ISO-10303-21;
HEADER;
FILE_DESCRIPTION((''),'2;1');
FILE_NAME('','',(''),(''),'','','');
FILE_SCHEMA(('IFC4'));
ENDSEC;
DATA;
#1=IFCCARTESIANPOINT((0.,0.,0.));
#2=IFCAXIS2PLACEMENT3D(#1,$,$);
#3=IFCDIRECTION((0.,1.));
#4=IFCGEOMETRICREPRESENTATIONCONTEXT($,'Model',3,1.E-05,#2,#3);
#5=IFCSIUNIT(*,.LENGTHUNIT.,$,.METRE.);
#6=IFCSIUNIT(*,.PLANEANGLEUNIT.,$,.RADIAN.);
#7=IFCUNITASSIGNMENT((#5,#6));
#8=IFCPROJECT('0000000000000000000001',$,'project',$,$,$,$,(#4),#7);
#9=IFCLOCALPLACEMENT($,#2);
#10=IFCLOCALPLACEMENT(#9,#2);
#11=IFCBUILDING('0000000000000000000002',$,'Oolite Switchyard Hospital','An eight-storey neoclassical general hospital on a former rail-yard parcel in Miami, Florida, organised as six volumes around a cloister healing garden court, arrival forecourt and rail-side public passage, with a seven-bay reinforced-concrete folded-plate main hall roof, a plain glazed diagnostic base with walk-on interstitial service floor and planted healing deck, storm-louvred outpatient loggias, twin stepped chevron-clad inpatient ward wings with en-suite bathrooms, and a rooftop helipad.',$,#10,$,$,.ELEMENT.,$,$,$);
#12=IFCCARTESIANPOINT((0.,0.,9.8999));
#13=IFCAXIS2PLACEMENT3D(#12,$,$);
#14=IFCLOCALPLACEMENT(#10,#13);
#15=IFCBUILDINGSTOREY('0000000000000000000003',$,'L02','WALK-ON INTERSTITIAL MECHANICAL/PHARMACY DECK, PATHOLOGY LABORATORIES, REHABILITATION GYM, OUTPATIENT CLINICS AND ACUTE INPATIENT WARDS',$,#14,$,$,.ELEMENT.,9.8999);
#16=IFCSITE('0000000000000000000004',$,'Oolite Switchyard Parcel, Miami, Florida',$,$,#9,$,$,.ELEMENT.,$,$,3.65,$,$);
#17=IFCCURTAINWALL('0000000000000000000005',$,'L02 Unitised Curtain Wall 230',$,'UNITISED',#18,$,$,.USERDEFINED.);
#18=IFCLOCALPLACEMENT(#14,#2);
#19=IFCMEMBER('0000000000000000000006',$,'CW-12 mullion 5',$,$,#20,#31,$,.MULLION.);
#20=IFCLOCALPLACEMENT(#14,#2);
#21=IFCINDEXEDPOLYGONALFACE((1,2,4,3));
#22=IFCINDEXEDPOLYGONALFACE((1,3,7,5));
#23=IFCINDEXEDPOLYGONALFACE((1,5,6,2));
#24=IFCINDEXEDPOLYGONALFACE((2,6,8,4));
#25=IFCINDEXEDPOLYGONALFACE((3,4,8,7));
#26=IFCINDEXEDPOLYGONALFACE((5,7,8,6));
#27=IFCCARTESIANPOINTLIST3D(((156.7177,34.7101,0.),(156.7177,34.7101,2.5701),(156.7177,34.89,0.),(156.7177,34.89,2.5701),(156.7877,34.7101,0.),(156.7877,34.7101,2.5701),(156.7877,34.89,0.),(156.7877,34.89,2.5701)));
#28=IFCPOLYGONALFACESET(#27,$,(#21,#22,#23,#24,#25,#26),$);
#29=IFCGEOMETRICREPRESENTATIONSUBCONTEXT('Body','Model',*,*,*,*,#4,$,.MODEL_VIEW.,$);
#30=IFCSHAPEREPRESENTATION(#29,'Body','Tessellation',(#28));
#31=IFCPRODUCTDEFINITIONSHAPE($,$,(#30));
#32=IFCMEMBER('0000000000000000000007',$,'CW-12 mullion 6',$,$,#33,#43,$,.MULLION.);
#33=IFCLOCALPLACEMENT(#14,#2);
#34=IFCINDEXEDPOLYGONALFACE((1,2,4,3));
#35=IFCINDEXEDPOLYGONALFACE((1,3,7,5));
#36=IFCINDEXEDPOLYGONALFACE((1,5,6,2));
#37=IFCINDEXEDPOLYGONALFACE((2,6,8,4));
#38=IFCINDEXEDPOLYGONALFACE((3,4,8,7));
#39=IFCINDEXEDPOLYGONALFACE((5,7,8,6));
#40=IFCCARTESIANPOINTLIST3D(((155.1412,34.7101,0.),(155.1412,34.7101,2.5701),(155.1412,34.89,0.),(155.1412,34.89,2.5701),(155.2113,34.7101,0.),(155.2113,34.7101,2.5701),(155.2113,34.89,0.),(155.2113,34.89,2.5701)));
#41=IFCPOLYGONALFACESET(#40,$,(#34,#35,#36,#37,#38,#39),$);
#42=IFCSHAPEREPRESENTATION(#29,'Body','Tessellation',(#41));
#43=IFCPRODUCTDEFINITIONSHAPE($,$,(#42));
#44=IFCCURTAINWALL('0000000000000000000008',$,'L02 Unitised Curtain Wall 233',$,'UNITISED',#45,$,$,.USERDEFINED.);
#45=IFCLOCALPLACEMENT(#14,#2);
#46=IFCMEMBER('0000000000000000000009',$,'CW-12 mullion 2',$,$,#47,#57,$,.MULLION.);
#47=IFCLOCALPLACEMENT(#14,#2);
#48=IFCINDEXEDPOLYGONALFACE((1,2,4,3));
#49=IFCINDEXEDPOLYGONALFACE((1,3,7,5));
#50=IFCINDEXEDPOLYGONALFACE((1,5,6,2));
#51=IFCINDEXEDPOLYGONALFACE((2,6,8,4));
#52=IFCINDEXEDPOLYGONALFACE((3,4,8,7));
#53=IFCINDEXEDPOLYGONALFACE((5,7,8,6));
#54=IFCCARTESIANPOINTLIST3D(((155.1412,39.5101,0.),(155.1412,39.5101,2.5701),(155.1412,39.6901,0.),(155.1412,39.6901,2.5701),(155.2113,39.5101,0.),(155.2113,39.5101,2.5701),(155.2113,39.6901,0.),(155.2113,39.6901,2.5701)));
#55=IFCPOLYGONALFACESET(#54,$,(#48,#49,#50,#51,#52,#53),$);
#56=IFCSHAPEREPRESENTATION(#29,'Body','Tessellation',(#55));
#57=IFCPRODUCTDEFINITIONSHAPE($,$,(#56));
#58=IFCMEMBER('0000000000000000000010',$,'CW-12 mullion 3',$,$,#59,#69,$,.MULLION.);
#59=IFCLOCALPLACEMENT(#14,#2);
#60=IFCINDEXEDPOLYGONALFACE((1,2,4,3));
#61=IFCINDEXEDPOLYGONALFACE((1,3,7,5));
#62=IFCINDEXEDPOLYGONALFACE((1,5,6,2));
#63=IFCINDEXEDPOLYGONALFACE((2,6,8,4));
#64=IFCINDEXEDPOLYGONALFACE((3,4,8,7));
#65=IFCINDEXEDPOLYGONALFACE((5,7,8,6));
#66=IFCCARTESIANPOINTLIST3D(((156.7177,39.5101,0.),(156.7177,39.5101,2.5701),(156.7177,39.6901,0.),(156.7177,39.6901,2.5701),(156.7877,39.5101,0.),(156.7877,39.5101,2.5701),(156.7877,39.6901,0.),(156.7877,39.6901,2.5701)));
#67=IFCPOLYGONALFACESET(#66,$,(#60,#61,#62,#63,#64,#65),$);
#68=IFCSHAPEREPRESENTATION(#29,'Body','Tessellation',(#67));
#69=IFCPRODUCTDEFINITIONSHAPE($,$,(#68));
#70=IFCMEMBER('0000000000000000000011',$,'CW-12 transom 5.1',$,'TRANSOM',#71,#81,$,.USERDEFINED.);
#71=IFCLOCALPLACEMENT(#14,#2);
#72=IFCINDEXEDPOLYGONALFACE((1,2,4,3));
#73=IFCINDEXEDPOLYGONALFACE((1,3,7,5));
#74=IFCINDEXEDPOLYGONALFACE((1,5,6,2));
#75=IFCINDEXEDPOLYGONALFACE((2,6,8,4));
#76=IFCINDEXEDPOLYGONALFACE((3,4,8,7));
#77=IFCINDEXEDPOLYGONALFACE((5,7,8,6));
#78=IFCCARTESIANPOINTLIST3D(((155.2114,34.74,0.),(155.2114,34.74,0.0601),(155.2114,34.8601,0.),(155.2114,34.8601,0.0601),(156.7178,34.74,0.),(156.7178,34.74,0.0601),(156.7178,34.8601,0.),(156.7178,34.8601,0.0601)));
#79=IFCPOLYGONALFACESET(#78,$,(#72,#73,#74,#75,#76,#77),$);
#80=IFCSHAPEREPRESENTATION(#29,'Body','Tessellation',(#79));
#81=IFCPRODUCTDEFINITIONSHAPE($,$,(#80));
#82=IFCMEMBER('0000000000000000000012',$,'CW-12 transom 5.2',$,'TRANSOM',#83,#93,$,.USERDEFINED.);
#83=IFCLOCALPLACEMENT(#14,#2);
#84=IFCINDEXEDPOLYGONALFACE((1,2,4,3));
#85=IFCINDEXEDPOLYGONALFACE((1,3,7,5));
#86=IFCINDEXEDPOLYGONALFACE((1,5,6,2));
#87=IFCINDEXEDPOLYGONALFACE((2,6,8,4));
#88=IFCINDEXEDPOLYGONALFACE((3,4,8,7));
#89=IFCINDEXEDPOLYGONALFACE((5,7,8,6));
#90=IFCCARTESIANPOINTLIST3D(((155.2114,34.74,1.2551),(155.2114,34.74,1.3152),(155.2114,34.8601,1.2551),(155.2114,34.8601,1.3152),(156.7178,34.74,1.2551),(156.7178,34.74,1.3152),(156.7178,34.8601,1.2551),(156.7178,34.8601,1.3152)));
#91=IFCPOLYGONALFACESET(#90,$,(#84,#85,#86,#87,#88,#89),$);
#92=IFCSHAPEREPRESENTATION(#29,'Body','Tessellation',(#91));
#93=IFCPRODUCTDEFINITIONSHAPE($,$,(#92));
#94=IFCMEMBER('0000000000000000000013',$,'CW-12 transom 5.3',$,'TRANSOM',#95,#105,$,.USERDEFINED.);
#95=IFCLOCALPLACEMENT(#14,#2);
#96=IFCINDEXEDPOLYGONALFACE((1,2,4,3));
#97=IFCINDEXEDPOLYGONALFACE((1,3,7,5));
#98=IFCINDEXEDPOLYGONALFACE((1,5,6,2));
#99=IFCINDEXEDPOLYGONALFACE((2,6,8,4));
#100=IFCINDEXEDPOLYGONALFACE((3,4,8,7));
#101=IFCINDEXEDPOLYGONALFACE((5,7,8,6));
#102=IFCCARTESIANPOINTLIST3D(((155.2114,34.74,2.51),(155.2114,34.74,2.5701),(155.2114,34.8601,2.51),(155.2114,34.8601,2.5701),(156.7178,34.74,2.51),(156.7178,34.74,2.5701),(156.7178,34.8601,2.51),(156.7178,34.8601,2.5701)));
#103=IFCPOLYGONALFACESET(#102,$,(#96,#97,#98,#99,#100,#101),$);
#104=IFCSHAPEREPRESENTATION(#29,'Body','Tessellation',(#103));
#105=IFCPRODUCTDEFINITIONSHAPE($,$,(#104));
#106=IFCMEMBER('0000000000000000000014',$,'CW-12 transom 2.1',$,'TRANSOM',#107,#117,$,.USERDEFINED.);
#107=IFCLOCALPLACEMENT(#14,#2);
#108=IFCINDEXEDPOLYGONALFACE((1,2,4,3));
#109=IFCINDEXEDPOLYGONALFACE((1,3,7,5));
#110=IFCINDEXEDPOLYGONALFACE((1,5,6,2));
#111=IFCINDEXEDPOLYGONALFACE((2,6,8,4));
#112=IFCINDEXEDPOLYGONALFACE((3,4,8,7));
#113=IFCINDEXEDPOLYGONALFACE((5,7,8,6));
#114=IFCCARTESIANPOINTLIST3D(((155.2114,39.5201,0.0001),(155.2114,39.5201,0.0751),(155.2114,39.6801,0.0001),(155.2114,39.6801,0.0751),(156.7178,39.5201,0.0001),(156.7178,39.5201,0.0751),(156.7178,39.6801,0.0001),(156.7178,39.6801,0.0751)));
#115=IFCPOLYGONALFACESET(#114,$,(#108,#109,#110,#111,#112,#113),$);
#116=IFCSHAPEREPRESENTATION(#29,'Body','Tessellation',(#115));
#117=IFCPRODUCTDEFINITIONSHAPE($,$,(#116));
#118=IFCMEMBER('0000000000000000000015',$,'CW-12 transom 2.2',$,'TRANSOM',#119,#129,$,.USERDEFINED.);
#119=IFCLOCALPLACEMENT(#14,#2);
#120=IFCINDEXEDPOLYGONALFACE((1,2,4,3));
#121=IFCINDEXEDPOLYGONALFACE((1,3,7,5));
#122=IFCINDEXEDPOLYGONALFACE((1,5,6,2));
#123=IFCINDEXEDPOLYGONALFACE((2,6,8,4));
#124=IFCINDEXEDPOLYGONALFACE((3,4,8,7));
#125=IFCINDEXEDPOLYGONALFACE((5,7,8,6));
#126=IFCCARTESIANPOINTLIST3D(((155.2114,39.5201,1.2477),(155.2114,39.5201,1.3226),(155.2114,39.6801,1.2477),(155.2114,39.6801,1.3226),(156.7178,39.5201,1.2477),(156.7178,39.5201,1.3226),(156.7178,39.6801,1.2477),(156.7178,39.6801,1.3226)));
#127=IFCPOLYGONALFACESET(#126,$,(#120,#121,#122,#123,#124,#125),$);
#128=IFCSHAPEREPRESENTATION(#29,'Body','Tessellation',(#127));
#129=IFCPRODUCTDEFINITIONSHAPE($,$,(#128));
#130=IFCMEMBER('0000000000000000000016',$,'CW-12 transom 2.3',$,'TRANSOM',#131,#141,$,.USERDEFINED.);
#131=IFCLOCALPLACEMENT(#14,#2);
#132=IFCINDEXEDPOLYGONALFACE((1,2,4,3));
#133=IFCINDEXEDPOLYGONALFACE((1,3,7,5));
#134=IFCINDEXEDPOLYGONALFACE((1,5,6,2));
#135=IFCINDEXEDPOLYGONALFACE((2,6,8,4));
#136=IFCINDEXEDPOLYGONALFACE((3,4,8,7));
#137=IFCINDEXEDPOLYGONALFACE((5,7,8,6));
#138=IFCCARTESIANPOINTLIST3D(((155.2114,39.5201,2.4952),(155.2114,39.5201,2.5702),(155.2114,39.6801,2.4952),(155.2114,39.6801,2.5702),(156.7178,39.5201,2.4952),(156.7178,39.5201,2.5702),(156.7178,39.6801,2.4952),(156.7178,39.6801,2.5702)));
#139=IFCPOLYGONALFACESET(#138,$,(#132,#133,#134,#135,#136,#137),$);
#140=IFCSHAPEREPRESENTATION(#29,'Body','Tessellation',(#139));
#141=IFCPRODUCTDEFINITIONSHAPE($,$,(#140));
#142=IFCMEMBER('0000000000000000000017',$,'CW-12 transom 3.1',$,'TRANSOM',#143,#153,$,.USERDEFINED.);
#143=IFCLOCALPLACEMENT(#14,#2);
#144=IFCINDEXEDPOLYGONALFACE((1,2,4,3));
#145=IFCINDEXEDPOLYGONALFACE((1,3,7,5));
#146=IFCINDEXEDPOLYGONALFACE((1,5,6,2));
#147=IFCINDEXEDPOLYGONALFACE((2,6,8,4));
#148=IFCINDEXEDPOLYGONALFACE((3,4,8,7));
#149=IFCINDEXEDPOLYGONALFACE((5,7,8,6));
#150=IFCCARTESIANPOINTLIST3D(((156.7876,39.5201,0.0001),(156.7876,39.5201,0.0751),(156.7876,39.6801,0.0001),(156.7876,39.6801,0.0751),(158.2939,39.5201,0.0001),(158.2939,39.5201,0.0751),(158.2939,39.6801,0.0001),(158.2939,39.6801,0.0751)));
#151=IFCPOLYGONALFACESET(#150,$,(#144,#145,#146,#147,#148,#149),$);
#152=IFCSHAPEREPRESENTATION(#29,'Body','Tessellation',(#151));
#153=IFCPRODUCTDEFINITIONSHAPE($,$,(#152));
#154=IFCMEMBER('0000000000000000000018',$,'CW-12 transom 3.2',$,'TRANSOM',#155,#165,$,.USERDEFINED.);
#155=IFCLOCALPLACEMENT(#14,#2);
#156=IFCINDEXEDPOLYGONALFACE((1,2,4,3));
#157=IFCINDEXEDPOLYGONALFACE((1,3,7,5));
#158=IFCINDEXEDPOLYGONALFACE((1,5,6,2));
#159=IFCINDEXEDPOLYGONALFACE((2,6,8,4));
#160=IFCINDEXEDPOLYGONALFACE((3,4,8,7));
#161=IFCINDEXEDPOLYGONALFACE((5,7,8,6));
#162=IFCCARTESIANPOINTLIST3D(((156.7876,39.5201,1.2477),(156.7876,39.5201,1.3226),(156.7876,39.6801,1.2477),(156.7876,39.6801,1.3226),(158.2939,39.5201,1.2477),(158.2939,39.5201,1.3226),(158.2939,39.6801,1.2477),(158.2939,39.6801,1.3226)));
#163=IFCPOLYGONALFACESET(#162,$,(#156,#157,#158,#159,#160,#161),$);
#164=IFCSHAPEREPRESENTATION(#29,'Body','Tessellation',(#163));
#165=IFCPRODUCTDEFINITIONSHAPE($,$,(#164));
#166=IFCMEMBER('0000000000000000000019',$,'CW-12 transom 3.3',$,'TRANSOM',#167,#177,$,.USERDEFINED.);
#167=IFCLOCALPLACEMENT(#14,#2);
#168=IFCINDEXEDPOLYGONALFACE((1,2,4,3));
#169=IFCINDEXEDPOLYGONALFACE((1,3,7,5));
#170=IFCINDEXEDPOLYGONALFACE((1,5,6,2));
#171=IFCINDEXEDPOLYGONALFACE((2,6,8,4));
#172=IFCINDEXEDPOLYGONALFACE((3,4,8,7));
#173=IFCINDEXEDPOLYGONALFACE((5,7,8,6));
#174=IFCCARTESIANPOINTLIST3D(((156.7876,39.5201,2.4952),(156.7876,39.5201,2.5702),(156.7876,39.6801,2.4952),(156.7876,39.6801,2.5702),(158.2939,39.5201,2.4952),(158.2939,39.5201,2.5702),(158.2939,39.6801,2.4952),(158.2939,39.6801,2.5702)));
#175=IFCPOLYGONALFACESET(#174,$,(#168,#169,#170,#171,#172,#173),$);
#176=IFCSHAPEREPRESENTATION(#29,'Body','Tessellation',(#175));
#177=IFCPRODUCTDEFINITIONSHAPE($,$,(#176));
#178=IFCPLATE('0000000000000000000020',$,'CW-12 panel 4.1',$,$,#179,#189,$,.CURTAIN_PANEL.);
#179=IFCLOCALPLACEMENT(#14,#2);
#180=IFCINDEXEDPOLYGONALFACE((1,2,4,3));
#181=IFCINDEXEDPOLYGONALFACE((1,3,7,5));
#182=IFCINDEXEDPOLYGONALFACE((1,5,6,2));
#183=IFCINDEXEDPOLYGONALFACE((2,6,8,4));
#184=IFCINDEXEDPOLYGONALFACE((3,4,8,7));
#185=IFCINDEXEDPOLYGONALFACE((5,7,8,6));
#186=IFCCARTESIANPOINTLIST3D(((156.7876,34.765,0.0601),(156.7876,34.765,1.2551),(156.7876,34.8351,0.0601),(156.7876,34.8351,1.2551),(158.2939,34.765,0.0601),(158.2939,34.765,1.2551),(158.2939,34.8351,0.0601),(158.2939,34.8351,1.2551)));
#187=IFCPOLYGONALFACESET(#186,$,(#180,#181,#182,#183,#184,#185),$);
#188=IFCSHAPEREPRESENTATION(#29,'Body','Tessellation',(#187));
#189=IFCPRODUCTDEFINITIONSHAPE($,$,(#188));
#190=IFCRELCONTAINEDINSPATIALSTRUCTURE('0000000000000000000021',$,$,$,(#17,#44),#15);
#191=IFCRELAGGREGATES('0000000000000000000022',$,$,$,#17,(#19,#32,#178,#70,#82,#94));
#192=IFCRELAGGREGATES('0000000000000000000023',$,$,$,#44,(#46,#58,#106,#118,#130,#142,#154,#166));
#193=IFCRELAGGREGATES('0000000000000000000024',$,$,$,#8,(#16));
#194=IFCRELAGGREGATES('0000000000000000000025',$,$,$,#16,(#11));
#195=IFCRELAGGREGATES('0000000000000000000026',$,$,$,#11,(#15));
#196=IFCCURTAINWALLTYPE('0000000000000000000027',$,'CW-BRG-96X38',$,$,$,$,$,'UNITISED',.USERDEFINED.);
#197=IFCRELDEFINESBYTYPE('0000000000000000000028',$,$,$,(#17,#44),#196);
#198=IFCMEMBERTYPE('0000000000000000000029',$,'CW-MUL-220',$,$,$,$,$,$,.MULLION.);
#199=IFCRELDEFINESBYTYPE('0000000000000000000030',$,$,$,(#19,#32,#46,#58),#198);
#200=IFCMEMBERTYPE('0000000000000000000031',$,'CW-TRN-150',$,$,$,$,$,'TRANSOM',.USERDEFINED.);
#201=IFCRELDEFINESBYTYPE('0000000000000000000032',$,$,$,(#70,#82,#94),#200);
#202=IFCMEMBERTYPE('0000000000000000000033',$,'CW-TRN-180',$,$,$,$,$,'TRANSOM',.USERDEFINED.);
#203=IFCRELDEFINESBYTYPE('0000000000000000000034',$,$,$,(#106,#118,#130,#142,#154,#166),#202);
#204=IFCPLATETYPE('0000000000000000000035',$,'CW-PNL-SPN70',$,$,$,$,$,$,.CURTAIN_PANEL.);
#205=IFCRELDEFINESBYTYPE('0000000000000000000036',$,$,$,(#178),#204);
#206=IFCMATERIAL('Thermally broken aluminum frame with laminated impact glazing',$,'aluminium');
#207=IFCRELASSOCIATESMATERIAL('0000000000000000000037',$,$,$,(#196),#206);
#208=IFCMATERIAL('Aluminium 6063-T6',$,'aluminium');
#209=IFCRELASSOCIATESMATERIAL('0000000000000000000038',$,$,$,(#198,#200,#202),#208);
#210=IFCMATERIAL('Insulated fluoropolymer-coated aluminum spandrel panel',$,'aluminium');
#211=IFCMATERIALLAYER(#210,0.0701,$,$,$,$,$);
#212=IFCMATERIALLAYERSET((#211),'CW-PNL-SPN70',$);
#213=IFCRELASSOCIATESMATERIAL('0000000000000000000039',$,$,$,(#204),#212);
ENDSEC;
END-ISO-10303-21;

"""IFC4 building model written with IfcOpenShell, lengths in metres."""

from ifc_helpers import new_model, si_unit, direction, frame, origin, origin_2d, place, context, subcontext, project, spatial, rectangle, extrude, material, layer, layer_set, material_profile, profile_set, type_object, element, aggregate, save


model = new_model("IFC4")

# Units and contexts
model_context = context("Model", 3, precision=1e-05, world=origin(), true_north=direction((0.0, 1.0)))
body_context = subcontext(model_context, "Body", "Model", "MODEL_VIEW")
ifc_project = project(units=[si_unit("LENGTHUNIT", "METRE"), si_unit("PLANEANGLEUNIT", "RADIAN")], contexts=[model_context])

# Site, building, storey
site_placement = place(None, origin())
site = spatial("IfcSite", under=ifc_project, at=site_placement, Name="Oolite Switchyard Parcel, Miami, Florida", CompositionType="ELEMENT", RefElevation=3.65)
building_placement = place(site_placement, origin())
building = spatial("IfcBuilding", under=site, at=building_placement, Name="Oolite Switchyard Hospital", Description="An eight-storey neoclassical general hospital on a former rail-yard parcel in Miami, Florida, organised as six volumes around a cloister healing garden court, arrival forecourt and rail-side public passage, with a seven-bay reinforced-concrete folded-plate main hall roof, a plain glazed diagnostic base with walk-on interstitial service floor and planted healing deck, storm-louvred outpatient loggias, twin stepped chevron-clad inpatient ward wings with en-suite bathrooms, and a rooftop helipad.", CompositionType="ELEMENT")
storey_placement = place(building_placement, frame((0.0, 0.0, 9.8999)))
storey = spatial("IfcBuildingStorey", under=building, at=storey_placement, Name="L02", Description="WALK-ON INTERSTITIAL MECHANICAL/PHARMACY DECK, PATHOLOGY LABORATORIES, REHABILITATION GYM, OUTPATIENT CLINICS AND ACUTE INPATIENT WARDS", CompositionType="ELEMENT", Elevation=9.8999)

# Curtain walls, members
ifc_material_1 = material(Name="Thermally broken aluminum frame with laminated impact glazing", Category="aluminium")
curtain_wall_type = type_object("IfcCurtainWallType", Name="CW-BRG-96X38", ElementType="UNITISED", PredefinedType="USERDEFINED", material=ifc_material_1)
curtain_wall_1_placement = place(storey_placement, origin())
curtain_wall_1 = element("IfcCurtainWall", 1, at=curtain_wall_1_placement, inside=storey, type_object=curtain_wall_type, Name="L02 Unitised Curtain Wall 230", ObjectType="UNITISED", PredefinedType="USERDEFINED")
ifc_material_2 = material(Name="Aluminium 6063-T6", Category="aluminium")
ifc_material_profile_1 = material_profile(ifc_material_2, rectangle(XDim=0.1799, YDim=0.0701, at=origin_2d()), Name="CWM70X180")
ifc_profile_set_1 = profile_set([ifc_material_profile_1], Name="Aluminium 6063-T6")
member_type_1 = type_object("IfcMemberType", Name="CW-MUL-220", PredefinedType="MULLION", material=ifc_profile_set_1)
member_1_placement = place(storey_placement, frame((156.7527, 34.8, 0.0), z_axis=(0.0, 0.0, 1.0), x_axis=(0.0, -1.0, 0.0)))
member_1 = element("IfcMember", 2, at=member_1_placement, type_object=member_type_1, Name="CW-12 mullion 5", PredefinedType="MULLION", context=body_context, shape_type="SweptSolid", body=[
    extrude(rectangle(XDim=0.1799, YDim=0.0701, at=origin_2d()), origin(), (0.0, 0.0, 1.0), 2.5701),
])
member_2_placement = place(storey_placement, frame((155.1763, 34.8, 0.0), z_axis=(0.0, 0.0, 1.0), x_axis=(0.0, -1.0, 0.0)))
member_2 = element("IfcMember", 3, at=member_2_placement, type_object=member_type_1, Name="CW-12 mullion 6", PredefinedType="MULLION", context=body_context, shape_type="SweptSolid", body=[
    extrude(rectangle(XDim=0.1799, YDim=0.0701, at=origin_2d()), origin(), (0.0, 0.0, 1.0), 2.5701),
])
curtain_wall_2_placement = place(storey_placement, origin())
curtain_wall_2 = element("IfcCurtainWall", 4, at=curtain_wall_2_placement, inside=storey, type_object=curtain_wall_type, Name="L02 Unitised Curtain Wall 233", ObjectType="UNITISED", PredefinedType="USERDEFINED")
member_3_placement = place(storey_placement, frame((155.1763, 39.6001, 0.0), z_axis=(0.0, 0.0, 1.0), x_axis=(0.0, 1.0, 0.0)))
member_3 = element("IfcMember", 5, at=member_3_placement, type_object=member_type_1, Name="CW-12 mullion 2", PredefinedType="MULLION", context=body_context, shape_type="SweptSolid", body=[
    extrude(rectangle(XDim=0.1799, YDim=0.0701, at=origin_2d()), origin(), (0.0, 0.0, 1.0), 2.5701),
])
member_4_placement = place(storey_placement, frame((156.7527, 39.6001, 0.0), z_axis=(0.0, 0.0, 1.0), x_axis=(0.0, 1.0, 0.0)))
member_4 = element("IfcMember", 6, at=member_4_placement, type_object=member_type_1, Name="CW-12 mullion 3", PredefinedType="MULLION", context=body_context, shape_type="SweptSolid", body=[
    extrude(rectangle(XDim=0.1799, YDim=0.0701, at=origin_2d()), origin(), (0.0, 0.0, 1.0), 2.5701),
])

# Members
ifc_material_profile_2 = material_profile(ifc_material_2, rectangle(XDim=0.1201, YDim=0.0601, at=origin_2d()), Name="CWT60X120")
ifc_profile_set_2 = profile_set([ifc_material_profile_2], Name="Aluminium 6063-T6")
member_type_2 = type_object("IfcMemberType", Name="CW-TRN-150", ElementType="TRANSOM", PredefinedType="USERDEFINED", material=ifc_profile_set_2)
member_5_placement = place(storey_placement, frame((156.7178, 34.8, 0.03), z_axis=(-1.0, 0.0, 0.0), x_axis=(0.0, -1.0, 0.0)))
member_5 = element("IfcMember", 7, at=member_5_placement, type_object=member_type_2, Name="CW-12 transom 5.1", ObjectType="TRANSOM", PredefinedType="USERDEFINED", context=body_context, shape_type="SweptSolid", body=[
    extrude(rectangle(XDim=0.1201, YDim=0.0601, at=origin_2d()), origin(), (0.0, 0.0, 1.0), 1.5063),
])
member_6_placement = place(storey_placement, frame((156.7178, 34.8, 1.2852), z_axis=(-1.0, 0.0, 0.0), x_axis=(0.0, -1.0, 0.0)))
member_6 = element("IfcMember", 8, at=member_6_placement, type_object=member_type_2, Name="CW-12 transom 5.2", ObjectType="TRANSOM", PredefinedType="USERDEFINED", context=body_context, shape_type="SweptSolid", body=[
    extrude(rectangle(XDim=0.1201, YDim=0.0601, at=origin_2d()), origin(), (0.0, 0.0, 1.0), 1.5063),
])
member_7_placement = place(storey_placement, frame((156.7178, 34.8, 2.54), z_axis=(-1.0, 0.0, 0.0), x_axis=(0.0, -1.0, 0.0)))
member_7 = element("IfcMember", 9, at=member_7_placement, type_object=member_type_2, Name="CW-12 transom 5.3", ObjectType="TRANSOM", PredefinedType="USERDEFINED", context=body_context, shape_type="SweptSolid", body=[
    extrude(rectangle(XDim=0.1201, YDim=0.0601, at=origin_2d()), origin(), (0.0, 0.0, 1.0), 1.5063),
])
ifc_material_profile_3 = material_profile(ifc_material_2, rectangle(XDim=0.1599, YDim=0.075, at=origin_2d()), Name="CWT75X160")
ifc_profile_set_3 = profile_set([ifc_material_profile_3], Name="Aluminium 6063-T6")
member_type_3 = type_object("IfcMemberType", Name="CW-TRN-180", ElementType="TRANSOM", PredefinedType="USERDEFINED", material=ifc_profile_set_3)
member_8_placement = place(storey_placement, frame((155.2114, 39.6001, 0.0376), z_axis=(1.0, 0.0, 0.0), x_axis=(0.0, 1.0, 0.0)))
member_8 = element("IfcMember", 10, at=member_8_placement, type_object=member_type_3, Name="CW-12 transom 2.1", ObjectType="TRANSOM", PredefinedType="USERDEFINED", context=body_context, shape_type="SweptSolid", body=[
    extrude(rectangle(XDim=0.1599, YDim=0.075, at=origin_2d()), origin(), (0.0, 0.0, 1.0), 1.5063),
])
member_9_placement = place(storey_placement, frame((155.2114, 39.6001, 1.2852), z_axis=(1.0, 0.0, 0.0), x_axis=(0.0, 1.0, 0.0)))
member_9 = element("IfcMember", 11, at=member_9_placement, type_object=member_type_3, Name="CW-12 transom 2.2", ObjectType="TRANSOM", PredefinedType="USERDEFINED", context=body_context, shape_type="SweptSolid", body=[
    extrude(rectangle(XDim=0.1599, YDim=0.075, at=origin_2d()), origin(), (0.0, 0.0, 1.0), 1.5063),
])
member_10_placement = place(storey_placement, frame((155.2114, 39.6001, 2.5327), z_axis=(1.0, 0.0, 0.0), x_axis=(0.0, 1.0, 0.0)))
member_10 = element("IfcMember", 12, at=member_10_placement, type_object=member_type_3, Name="CW-12 transom 2.3", ObjectType="TRANSOM", PredefinedType="USERDEFINED", context=body_context, shape_type="SweptSolid", body=[
    extrude(rectangle(XDim=0.1599, YDim=0.075, at=origin_2d()), origin(), (0.0, 0.0, 1.0), 1.5063),
])
member_11_placement = place(storey_placement, frame((156.7876, 39.6001, 0.0376), z_axis=(1.0, 0.0, 0.0), x_axis=(0.0, 1.0, 0.0)))
member_11 = element("IfcMember", 13, at=member_11_placement, type_object=member_type_3, Name="CW-12 transom 3.1", ObjectType="TRANSOM", PredefinedType="USERDEFINED", context=body_context, shape_type="SweptSolid", body=[
    extrude(rectangle(XDim=0.1599, YDim=0.075, at=origin_2d()), origin(), (0.0, 0.0, 1.0), 1.5063),
])
member_12_placement = place(storey_placement, frame((156.7876, 39.6001, 1.2852), z_axis=(1.0, 0.0, 0.0), x_axis=(0.0, 1.0, 0.0)))
member_12 = element("IfcMember", 14, at=member_12_placement, type_object=member_type_3, Name="CW-12 transom 3.2", ObjectType="TRANSOM", PredefinedType="USERDEFINED", context=body_context, shape_type="SweptSolid", body=[
    extrude(rectangle(XDim=0.1599, YDim=0.075, at=origin_2d()), origin(), (0.0, 0.0, 1.0), 1.5063),
])
member_13_placement = place(storey_placement, frame((156.7876, 39.6001, 2.5327), z_axis=(1.0, 0.0, 0.0), x_axis=(0.0, 1.0, 0.0)))
member_13 = element("IfcMember", 15, at=member_13_placement, type_object=member_type_3, Name="CW-12 transom 3.3", ObjectType="TRANSOM", PredefinedType="USERDEFINED", context=body_context, shape_type="SweptSolid", body=[
    extrude(rectangle(XDim=0.1599, YDim=0.075, at=origin_2d()), origin(), (0.0, 0.0, 1.0), 1.5063),
])

# Plate
ifc_material_3 = material(Name="Insulated fluoropolymer-coated aluminum spandrel panel", Category="aluminium")
ifc_layer_1 = layer(ifc_material_3, 0.0701)
ifc_layer_set_1 = layer_set([ifc_layer_1], Name="CW-PNL-SPN70")
plate_type_1 = type_object("IfcPlateType", Name="CW-PNL-SPN70", PredefinedType="CURTAIN_PANEL", material=ifc_layer_set_1)
plate_1_placement = place(storey_placement, frame((157.5408, 34.8, 0.0601), z_axis=(0.0, 0.0, 1.0), x_axis=(-1.0, 0.0, 0.0)))
plate_1 = element("IfcPlate", 16, at=plate_1_placement, type_object=plate_type_1, Name="CW-12 panel 4.1", PredefinedType="CURTAIN_PANEL", context=body_context, shape_type="SweptSolid", body=[
    extrude(rectangle(XDim=1.5063, YDim=0.0701, at=origin_2d()), origin(), (0.0, 0.0, 1.0), 1.1951),
])
aggregate(curtain_wall_1, [member_1, member_2, plate_1, member_5, member_6, member_7])
aggregate(curtain_wall_2, [member_3, member_4, member_8, member_9, member_10, member_11, member_12, member_13])

save(model, "model.ifc")
